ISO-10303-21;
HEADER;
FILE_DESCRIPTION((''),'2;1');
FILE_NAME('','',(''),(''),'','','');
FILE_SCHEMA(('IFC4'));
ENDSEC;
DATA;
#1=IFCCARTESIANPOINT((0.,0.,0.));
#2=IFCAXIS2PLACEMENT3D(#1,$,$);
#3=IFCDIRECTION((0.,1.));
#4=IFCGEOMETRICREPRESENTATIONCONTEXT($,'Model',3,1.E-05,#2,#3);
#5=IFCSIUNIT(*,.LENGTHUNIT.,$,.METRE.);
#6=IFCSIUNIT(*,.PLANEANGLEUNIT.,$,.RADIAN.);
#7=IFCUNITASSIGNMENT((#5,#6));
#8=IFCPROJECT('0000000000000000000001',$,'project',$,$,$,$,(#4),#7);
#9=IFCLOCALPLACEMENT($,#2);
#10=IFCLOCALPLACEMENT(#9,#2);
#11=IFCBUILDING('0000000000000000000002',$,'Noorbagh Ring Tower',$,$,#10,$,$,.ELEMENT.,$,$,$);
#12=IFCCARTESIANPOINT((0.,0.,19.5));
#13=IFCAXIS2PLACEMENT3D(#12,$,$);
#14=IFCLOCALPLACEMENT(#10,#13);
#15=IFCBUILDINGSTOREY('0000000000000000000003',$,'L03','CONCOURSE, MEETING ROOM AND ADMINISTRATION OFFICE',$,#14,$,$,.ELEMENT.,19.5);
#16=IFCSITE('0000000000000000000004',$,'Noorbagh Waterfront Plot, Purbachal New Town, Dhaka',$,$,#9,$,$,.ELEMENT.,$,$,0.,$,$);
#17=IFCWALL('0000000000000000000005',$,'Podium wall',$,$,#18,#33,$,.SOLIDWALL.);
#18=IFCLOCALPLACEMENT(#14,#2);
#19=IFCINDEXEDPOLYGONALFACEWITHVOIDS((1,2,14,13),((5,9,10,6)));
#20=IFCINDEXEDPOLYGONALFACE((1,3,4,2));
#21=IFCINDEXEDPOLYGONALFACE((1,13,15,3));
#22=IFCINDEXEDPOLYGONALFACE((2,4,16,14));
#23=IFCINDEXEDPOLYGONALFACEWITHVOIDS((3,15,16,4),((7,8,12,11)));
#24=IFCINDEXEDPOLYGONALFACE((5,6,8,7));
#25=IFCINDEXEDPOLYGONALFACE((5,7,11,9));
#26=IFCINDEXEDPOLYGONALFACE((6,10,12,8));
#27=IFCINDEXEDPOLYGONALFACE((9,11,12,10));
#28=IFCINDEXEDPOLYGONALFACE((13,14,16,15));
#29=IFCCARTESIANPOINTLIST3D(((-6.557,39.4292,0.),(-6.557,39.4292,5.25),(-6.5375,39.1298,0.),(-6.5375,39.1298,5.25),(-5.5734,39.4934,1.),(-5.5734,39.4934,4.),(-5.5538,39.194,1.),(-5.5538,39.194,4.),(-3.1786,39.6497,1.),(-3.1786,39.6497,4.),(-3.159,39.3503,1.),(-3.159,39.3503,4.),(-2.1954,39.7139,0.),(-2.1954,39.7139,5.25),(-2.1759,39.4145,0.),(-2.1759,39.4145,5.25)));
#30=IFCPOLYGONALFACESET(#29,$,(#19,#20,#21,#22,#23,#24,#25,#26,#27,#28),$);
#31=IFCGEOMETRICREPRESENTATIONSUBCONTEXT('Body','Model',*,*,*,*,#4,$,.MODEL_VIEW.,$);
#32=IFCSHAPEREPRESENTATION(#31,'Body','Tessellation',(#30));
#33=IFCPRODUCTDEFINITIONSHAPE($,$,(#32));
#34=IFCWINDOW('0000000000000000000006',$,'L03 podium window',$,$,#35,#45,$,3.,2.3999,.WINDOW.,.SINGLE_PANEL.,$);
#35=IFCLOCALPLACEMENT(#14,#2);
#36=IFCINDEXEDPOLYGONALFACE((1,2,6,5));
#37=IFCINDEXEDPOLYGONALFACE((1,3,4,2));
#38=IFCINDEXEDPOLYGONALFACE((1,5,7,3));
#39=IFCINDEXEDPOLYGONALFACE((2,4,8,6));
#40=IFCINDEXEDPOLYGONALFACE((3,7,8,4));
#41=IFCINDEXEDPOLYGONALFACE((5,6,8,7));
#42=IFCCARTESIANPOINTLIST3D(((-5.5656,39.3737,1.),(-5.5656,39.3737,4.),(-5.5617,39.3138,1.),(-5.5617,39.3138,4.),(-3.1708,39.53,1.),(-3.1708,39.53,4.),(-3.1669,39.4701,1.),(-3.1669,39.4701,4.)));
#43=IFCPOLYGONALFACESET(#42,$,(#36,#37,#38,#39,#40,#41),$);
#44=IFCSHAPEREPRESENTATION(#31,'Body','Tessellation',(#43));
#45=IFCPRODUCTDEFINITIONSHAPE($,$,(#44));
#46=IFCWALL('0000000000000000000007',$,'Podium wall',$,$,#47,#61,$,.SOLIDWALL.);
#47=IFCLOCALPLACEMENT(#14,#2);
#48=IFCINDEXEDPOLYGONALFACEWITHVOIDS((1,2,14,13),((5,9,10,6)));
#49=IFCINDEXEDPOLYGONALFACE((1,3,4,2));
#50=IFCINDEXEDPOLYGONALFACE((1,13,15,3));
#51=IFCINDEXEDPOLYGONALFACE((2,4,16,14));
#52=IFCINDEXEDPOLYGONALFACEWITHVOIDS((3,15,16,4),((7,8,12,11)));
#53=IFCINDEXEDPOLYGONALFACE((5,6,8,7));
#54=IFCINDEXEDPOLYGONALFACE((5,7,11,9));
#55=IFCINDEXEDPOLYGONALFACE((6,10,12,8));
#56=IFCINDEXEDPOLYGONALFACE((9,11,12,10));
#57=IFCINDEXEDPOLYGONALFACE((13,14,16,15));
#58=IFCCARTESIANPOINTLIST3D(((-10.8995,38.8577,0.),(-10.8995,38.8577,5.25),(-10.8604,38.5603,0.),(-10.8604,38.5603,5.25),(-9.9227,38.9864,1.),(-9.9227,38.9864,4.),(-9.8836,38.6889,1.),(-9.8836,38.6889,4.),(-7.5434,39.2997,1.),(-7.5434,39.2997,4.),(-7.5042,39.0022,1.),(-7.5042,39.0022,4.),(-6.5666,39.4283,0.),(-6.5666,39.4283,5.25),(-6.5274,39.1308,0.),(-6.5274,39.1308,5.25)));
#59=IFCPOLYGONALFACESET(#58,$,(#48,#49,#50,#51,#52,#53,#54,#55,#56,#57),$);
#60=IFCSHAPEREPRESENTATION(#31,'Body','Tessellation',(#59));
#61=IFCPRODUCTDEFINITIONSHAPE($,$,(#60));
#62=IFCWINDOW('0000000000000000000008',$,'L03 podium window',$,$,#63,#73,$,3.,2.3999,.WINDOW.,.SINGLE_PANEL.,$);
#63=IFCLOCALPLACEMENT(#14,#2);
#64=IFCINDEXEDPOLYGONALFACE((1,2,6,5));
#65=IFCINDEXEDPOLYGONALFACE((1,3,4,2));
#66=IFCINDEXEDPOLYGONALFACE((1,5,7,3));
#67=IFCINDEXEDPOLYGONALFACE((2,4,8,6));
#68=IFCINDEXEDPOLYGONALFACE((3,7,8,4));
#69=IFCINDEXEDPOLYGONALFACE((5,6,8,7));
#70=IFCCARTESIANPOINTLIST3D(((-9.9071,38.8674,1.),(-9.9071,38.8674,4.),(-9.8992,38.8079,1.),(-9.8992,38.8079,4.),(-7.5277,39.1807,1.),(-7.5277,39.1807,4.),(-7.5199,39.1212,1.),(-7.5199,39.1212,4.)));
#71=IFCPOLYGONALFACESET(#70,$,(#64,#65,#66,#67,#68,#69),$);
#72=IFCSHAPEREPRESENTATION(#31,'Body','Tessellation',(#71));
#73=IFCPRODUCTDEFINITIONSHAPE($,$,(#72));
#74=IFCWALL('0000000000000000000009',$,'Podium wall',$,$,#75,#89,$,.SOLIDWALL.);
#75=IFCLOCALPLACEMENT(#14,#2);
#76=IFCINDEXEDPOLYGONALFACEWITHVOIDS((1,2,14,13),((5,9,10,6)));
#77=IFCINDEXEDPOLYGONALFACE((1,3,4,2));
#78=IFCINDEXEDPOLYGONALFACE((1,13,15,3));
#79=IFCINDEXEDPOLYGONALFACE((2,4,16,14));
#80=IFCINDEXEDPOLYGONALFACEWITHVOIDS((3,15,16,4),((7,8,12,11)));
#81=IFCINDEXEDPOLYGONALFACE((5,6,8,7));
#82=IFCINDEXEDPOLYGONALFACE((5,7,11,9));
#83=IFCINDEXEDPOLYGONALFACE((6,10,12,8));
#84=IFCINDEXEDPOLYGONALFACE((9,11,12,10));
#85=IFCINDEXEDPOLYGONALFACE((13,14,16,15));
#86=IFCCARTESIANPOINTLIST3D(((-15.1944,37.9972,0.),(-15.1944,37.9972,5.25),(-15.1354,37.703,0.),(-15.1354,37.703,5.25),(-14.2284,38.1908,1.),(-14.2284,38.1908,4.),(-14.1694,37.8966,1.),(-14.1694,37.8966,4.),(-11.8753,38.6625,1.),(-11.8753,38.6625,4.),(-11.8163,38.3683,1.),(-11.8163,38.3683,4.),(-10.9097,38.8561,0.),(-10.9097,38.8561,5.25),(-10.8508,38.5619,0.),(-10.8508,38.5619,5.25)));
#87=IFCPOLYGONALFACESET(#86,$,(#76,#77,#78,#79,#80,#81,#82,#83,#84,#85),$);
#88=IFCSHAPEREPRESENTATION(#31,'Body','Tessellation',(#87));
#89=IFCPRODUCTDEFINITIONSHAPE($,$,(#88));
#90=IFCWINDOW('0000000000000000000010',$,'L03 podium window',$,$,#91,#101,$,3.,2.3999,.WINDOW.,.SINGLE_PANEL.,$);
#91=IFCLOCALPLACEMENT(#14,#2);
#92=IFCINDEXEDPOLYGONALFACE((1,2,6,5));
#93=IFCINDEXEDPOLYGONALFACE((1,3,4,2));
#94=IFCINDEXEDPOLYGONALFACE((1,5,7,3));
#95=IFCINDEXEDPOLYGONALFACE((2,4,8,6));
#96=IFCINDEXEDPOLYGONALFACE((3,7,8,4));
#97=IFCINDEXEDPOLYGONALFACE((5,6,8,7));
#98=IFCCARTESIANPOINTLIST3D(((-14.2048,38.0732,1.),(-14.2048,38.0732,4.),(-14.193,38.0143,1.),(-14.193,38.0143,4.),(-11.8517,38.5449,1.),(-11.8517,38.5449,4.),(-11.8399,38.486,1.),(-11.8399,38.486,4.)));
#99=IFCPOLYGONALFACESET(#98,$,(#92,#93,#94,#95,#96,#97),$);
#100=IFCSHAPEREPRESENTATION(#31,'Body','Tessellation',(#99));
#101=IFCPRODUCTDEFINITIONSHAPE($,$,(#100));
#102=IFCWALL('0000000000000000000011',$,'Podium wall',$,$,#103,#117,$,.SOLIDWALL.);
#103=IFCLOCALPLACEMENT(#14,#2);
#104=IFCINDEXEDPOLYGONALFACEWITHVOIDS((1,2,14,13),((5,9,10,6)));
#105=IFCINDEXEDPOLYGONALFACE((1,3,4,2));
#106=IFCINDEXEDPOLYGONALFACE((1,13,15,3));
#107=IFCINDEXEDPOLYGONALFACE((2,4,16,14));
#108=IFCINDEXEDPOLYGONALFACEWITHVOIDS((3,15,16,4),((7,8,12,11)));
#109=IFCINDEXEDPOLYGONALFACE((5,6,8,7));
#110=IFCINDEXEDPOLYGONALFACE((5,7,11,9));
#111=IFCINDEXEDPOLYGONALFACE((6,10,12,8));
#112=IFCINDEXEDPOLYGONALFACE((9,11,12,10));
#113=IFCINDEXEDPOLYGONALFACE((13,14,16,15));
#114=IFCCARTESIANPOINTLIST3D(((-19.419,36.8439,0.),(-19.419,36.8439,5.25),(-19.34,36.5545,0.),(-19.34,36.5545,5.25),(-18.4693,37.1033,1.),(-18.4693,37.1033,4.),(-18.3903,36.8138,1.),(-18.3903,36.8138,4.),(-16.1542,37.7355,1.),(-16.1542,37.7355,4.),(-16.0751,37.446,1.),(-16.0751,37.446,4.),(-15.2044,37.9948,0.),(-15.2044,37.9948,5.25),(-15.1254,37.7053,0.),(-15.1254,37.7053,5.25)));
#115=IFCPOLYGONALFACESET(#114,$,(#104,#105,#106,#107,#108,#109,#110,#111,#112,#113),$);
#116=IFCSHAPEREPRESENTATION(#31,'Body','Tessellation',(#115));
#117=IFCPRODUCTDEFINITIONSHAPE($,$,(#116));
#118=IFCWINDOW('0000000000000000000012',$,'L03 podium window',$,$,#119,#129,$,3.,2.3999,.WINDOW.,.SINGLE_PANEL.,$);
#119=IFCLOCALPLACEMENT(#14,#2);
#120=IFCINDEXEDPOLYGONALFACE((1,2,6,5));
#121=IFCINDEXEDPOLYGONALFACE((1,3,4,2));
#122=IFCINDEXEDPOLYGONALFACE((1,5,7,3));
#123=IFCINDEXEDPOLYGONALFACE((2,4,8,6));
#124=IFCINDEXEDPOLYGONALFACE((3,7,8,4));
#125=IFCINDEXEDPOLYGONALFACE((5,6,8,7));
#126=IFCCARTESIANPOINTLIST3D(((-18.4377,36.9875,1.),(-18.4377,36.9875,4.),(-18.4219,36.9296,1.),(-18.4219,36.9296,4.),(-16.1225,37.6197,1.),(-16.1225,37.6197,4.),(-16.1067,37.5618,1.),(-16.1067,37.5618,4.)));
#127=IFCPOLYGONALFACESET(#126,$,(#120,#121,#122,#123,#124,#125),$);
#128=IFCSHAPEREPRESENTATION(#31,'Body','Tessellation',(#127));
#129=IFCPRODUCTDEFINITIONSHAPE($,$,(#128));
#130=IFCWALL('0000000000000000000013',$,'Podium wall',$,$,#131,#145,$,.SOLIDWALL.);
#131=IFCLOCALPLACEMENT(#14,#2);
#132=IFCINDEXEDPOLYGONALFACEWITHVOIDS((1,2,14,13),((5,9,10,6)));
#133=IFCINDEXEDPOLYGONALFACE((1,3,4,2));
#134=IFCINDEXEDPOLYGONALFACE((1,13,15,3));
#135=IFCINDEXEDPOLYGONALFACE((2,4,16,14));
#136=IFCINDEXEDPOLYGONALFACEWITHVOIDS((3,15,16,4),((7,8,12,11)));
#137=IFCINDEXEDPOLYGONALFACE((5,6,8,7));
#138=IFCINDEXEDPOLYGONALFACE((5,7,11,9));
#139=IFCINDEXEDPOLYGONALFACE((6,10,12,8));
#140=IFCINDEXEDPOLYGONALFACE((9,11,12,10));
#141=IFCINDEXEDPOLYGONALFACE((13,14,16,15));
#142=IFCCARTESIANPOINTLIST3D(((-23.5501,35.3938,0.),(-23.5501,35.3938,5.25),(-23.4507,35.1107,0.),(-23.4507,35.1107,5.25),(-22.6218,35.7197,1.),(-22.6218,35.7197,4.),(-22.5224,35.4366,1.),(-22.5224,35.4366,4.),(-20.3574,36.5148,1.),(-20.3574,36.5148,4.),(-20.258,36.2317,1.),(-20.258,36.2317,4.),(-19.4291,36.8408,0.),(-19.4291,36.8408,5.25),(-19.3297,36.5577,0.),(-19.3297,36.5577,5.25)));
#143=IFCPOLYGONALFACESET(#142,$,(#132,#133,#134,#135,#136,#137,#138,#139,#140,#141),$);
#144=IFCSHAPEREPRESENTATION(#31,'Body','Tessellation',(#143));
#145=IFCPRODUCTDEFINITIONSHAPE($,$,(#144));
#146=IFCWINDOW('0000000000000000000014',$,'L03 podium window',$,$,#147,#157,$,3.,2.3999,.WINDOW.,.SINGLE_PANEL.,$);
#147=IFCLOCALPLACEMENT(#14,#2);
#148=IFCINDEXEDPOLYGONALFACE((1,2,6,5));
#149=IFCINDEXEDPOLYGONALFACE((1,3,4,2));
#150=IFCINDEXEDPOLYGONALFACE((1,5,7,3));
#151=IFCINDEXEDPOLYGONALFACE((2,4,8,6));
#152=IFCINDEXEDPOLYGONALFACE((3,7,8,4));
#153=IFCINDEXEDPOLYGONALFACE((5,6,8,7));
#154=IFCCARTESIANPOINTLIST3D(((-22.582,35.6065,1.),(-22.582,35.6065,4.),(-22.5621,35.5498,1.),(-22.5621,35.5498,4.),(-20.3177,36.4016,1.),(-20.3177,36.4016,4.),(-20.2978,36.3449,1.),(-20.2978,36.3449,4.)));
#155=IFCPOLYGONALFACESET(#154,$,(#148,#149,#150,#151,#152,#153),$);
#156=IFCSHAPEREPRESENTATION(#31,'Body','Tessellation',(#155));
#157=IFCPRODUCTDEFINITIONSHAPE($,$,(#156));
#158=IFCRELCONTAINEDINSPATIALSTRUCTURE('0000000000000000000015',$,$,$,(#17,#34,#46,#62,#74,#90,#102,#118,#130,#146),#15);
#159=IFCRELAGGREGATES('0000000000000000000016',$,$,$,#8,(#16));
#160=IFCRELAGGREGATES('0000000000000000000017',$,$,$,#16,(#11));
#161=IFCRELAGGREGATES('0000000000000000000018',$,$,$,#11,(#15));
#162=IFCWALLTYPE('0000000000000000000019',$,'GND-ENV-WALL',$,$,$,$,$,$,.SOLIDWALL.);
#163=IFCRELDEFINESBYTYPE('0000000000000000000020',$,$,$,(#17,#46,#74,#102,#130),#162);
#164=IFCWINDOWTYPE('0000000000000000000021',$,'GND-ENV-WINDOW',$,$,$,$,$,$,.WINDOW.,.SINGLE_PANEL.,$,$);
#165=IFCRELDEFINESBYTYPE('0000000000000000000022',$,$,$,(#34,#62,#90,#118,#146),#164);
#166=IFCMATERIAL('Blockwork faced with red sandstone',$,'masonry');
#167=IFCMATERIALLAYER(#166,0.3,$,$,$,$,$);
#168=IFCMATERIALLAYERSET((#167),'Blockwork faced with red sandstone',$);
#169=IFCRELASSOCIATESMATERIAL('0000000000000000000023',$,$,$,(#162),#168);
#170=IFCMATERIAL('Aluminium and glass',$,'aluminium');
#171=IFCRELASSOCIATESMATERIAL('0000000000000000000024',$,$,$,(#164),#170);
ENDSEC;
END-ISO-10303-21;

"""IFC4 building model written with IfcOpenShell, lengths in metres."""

from ifc_helpers import new_model, si_unit, direction, frame, frame_2d, origin, place, context, subcontext, project, spatial, rectangle, extrude, material, layer, layer_set, type_object, element, fill, save


model = new_model("IFC4")

# Units and contexts
model_context = context("Model", 3, precision=1e-05, world=origin(), true_north=direction((0.0, 1.0)))
body_context = subcontext(model_context, "Body", "Model", "MODEL_VIEW")
ifc_project = project(units=[si_unit("LENGTHUNIT", "METRE"), si_unit("PLANEANGLEUNIT", "RADIAN")], contexts=[model_context])

# Site, building, storey
site_placement = place(None, origin())
site = spatial("IfcSite", under=ifc_project, at=site_placement, Name="Noorbagh Waterfront Plot, Purbachal New Town, Dhaka", CompositionType="ELEMENT", RefElevation=0.0)
building_placement = place(site_placement, origin())
building = spatial("IfcBuilding", under=site, at=building_placement, Name="Noorbagh Ring Tower", CompositionType="ELEMENT")
storey_placement = place(building_placement, frame((0.0, 0.0, 19.5)))
storey = spatial("IfcBuildingStorey", under=building, at=storey_placement, Name="L03", Description="CONCOURSE, MEETING ROOM AND ADMINISTRATION OFFICE", CompositionType="ELEMENT", Elevation=19.5)

# Walls, openings, windows
ifc_material_1 = material(Name="Blockwork faced with red sandstone", Category="masonry")
ifc_layer_1 = layer(ifc_material_1, 0.3)
ifc_layer_set_1 = layer_set([ifc_layer_1], Name="Blockwork faced with red sandstone")
wall_type_1 = type_object("IfcWallType", Name="GND-ENV-WALL", PredefinedType="SOLIDWALL", material=ifc_layer_set_1)
wall_1_placement = place(storey_placement, frame((-2.1855, 39.5642, 0.0), z_axis=(0.0, 0.0, 1.0), x_axis=(-0.997877, -0.065129, 0.0)))
wall_1 = element("IfcWall", 1, at=wall_1_placement, inside=storey, type_object=wall_type_1, Name="Podium wall", PredefinedType="SOLIDWALL", context=body_context, shape_type="SweptSolid", body=[
    extrude(rectangle(XDim=4.3708, YDim=0.3, at=frame_2d((2.1855, 0.0))), origin(), (0.0, 0.0, 1.0), 5.25),
])
opening_1_placement = place(wall_1_placement, frame((0.9854, 0.0, 1.0)))
opening_1 = element("IfcOpeningElement", 2, at=opening_1_placement, cuts=wall_1, PredefinedType="OPENING", context=body_context, shape_type="SweptSolid", body=[
    extrude(rectangle(XDim=2.3999, YDim=3.0, at=frame_2d((1.2, 1.5))), frame((0.0, 0.1602, 0.0), z_axis=(0.0, -1.0, 0.0), x_axis=(1.0, 0.0, 0.0)), (0.0, 0.0, 1.0), 0.3201),
])
ifc_material_2 = material(Name="Aluminium and glass", Category="aluminium")
window_type = type_object("IfcWindowType", Name="GND-ENV-WINDOW", PartitioningType="SINGLE_PANEL", PredefinedType="WINDOW", material=ifc_material_2)
window_1_placement = place(opening_1_placement, origin())
window_1 = element("IfcWindow", 3, at=window_1_placement, inside=storey, type_object=window_type, Name="L03 podium window", OverallHeight=3.0, OverallWidth=2.3999, PartitioningType="SINGLE_PANEL", PredefinedType="WINDOW", context=body_context, shape_type="SweptSolid", body=[
    extrude(rectangle(XDim=2.3999, YDim=3.0, at=frame_2d((1.2, 1.5))), frame((0.0, 0.03, 0.0), z_axis=(0.0, -1.0, 0.0), x_axis=(1.0, 0.0, 0.0)), (0.0, 0.0, 1.0), 0.0601),
])
fill(opening_1, window_1)
wall_2_placement = place(storey_placement, frame((-6.5471, 39.2795, 0.0), z_axis=(0.0, 0.0, 1.0), x_axis=(-0.991442, -0.13055, 0.0)))
wall_2 = element("IfcWall", 4, at=wall_2_placement, inside=storey, type_object=wall_type_1, Name="Podium wall", PredefinedType="SOLIDWALL", context=body_context, shape_type="SweptSolid", body=[
    extrude(rectangle(XDim=4.3704, YDim=0.3, at=frame_2d((2.1851, 0.0))), origin(), (0.0, 0.0, 1.0), 5.25),
])
opening_2_placement = place(wall_2_placement, frame((0.9851, 0.0, 1.0)))
opening_2 = element("IfcOpeningElement", 5, at=opening_2_placement, cuts=wall_2, PredefinedType="OPENING", context=body_context, shape_type="SweptSolid", body=[
    extrude(rectangle(XDim=2.3999, YDim=3.0, at=frame_2d((1.2, 1.5))), frame((0.0, 0.1602, 0.0), z_axis=(0.0, -1.0, 0.0), x_axis=(1.0, 0.0, 0.0)), (0.0, 0.0, 1.0), 0.3201),
])
window_2_placement = place(opening_2_placement, origin())
window_2 = element("IfcWindow", 6, at=window_2_placement, inside=storey, type_object=window_type, Name="L03 podium window", OverallHeight=3.0, OverallWidth=2.3999, PartitioningType="SINGLE_PANEL", PredefinedType="WINDOW", context=body_context, shape_type="SweptSolid", body=[
    extrude(rectangle(XDim=2.3999, YDim=3.0, at=frame_2d((1.2, 1.5))), frame((0.0, 0.03, 0.0), z_axis=(0.0, -1.0, 0.0), x_axis=(1.0, 0.0, 0.0)), (0.0, 0.0, 1.0), 0.0601),
])
fill(opening_2, window_2)
wall_3_placement = place(storey_placement, frame((-10.8801, 38.709, 0.0), z_axis=(0.0, 0.0, 1.0), x_axis=(-0.980495, -0.196546, 0.0)))
wall_3 = element("IfcWall", 7, at=wall_3_placement, inside=storey, type_object=wall_type_1, Name="Podium wall", PredefinedType="SOLIDWALL", context=body_context, shape_type="SweptSolid", body=[
    extrude(rectangle(XDim=4.3699, YDim=0.3, at=frame_2d((2.1851, 0.0))), origin(), (0.0, 0.0, 1.0), 5.25),
])
opening_3_placement = place(wall_3_placement, frame((0.9849, 0.0, 1.0)))
opening_3 = element("IfcOpeningElement", 8, at=opening_3_placement, cuts=wall_3, PredefinedType="OPENING", context=body_context, shape_type="SweptSolid", body=[
    extrude(rectangle(XDim=2.3999, YDim=3.0, at=frame_2d((1.2, 1.5))), frame((0.0, 0.1602, 0.0), z_axis=(0.0, -1.0, 0.0), x_axis=(1.0, 0.0, 0.0)), (0.0, 0.0, 1.0), 0.3201),
])
window_3_placement = place(opening_3_placement, origin())
window_3 = element("IfcWindow", 9, at=window_3_placement, inside=storey, type_object=window_type, Name="L03 podium window", OverallHeight=3.0, OverallWidth=2.3999, PartitioningType="SINGLE_PANEL", PredefinedType="WINDOW", context=body_context, shape_type="SweptSolid", body=[
    extrude(rectangle(XDim=2.3999, YDim=3.0, at=frame_2d((1.2, 1.5))), frame((0.0, 0.03, 0.0), z_axis=(0.0, -1.0, 0.0), x_axis=(1.0, 0.0, 0.0)), (0.0, 0.0, 1.0), 0.0601),
])
fill(opening_3, window_3)
wall_4_placement = place(storey_placement, frame((-15.1648, 37.8501, 0.0), z_axis=(0.0, 0.0, 1.0), x_axis=(-0.96468, -0.263425, 0.0)))
wall_4 = element("IfcWall", 10, at=wall_4_placement, inside=storey, type_object=wall_type_1, Name="Podium wall", PredefinedType="SOLIDWALL", context=body_context, shape_type="SweptSolid", body=[
    extrude(rectangle(XDim=4.3689, YDim=0.3, at=frame_2d((2.1846, 0.0))), origin(), (0.0, 0.0, 1.0), 5.25),
])
opening_4_placement = place(wall_4_placement, frame((0.9846, 0.0, 1.0)))
opening_4 = element("IfcOpeningElement", 11, at=opening_4_placement, cuts=wall_4, PredefinedType="OPENING", context=body_context, shape_type="SweptSolid", body=[
    extrude(rectangle(XDim=2.3999, YDim=3.0, at=frame_2d((1.2, 1.5))), frame((0.0, 0.1602, 0.0), z_axis=(0.0, -1.0, 0.0), x_axis=(1.0, 0.0, 0.0)), (0.0, 0.0, 1.0), 0.3201),
])
window_4_placement = place(opening_4_placement, origin())
window_4 = element("IfcWindow", 12, at=window_4_placement, inside=storey, type_object=window_type, Name="L03 podium window", OverallHeight=3.0, OverallWidth=2.3999, PartitioningType="SINGLE_PANEL", PredefinedType="WINDOW", context=body_context, shape_type="SweptSolid", body=[
    extrude(rectangle(XDim=2.3999, YDim=3.0, at=frame_2d((1.2, 1.5))), frame((0.0, 0.03, 0.0), z_axis=(0.0, -1.0, 0.0), x_axis=(1.0, 0.0, 0.0)), (0.0, 0.0, 1.0), 0.0601),
])
fill(opening_4, window_4)
wall_5_placement = place(storey_placement, frame((-19.3794, 36.6992, 0.0), z_axis=(0.0, 0.0, 1.0), x_axis=(-0.943527, -0.331296, 0.0)))
wall_5 = element("IfcWall", 13, at=wall_5_placement, inside=storey, type_object=wall_type_1, Name="Podium wall", PredefinedType="SOLIDWALL", context=body_context, shape_type="SweptSolid", body=[
    extrude(rectangle(XDim=4.3677, YDim=0.3, at=frame_2d((2.1838, 0.0))), origin(), (0.0, 0.0, 1.0), 5.25),
])
opening_5_placement = place(wall_5_placement, frame((0.9839, 0.0, 1.0)))
opening_5 = element("IfcOpeningElement", 14, at=opening_5_placement, cuts=wall_5, PredefinedType="OPENING", context=body_context, shape_type="SweptSolid", body=[
    extrude(rectangle(XDim=2.3999, YDim=3.0, at=frame_2d((1.2, 1.5))), frame((0.0, 0.1602, 0.0), z_axis=(0.0, -1.0, 0.0), x_axis=(1.0, 0.0, 0.0)), (0.0, 0.0, 1.0), 0.3201),
])
window_5_placement = place(opening_5_placement, origin())
window_5 = element("IfcWindow", 15, at=window_5_placement, inside=storey, type_object=window_type, Name="L03 podium window", OverallHeight=3.0, OverallWidth=2.3999, PartitioningType="SINGLE_PANEL", PredefinedType="WINDOW", context=body_context, shape_type="SweptSolid", body=[
    extrude(rectangle(XDim=2.3999, YDim=3.0, at=frame_2d((1.2, 1.5))), frame((0.0, 0.03, 0.0), z_axis=(0.0, -1.0, 0.0), x_axis=(1.0, 0.0, 0.0)), (0.0, 0.0, 1.0), 0.0601),
])
fill(opening_5, window_5)

save(model, "model.ifc")
